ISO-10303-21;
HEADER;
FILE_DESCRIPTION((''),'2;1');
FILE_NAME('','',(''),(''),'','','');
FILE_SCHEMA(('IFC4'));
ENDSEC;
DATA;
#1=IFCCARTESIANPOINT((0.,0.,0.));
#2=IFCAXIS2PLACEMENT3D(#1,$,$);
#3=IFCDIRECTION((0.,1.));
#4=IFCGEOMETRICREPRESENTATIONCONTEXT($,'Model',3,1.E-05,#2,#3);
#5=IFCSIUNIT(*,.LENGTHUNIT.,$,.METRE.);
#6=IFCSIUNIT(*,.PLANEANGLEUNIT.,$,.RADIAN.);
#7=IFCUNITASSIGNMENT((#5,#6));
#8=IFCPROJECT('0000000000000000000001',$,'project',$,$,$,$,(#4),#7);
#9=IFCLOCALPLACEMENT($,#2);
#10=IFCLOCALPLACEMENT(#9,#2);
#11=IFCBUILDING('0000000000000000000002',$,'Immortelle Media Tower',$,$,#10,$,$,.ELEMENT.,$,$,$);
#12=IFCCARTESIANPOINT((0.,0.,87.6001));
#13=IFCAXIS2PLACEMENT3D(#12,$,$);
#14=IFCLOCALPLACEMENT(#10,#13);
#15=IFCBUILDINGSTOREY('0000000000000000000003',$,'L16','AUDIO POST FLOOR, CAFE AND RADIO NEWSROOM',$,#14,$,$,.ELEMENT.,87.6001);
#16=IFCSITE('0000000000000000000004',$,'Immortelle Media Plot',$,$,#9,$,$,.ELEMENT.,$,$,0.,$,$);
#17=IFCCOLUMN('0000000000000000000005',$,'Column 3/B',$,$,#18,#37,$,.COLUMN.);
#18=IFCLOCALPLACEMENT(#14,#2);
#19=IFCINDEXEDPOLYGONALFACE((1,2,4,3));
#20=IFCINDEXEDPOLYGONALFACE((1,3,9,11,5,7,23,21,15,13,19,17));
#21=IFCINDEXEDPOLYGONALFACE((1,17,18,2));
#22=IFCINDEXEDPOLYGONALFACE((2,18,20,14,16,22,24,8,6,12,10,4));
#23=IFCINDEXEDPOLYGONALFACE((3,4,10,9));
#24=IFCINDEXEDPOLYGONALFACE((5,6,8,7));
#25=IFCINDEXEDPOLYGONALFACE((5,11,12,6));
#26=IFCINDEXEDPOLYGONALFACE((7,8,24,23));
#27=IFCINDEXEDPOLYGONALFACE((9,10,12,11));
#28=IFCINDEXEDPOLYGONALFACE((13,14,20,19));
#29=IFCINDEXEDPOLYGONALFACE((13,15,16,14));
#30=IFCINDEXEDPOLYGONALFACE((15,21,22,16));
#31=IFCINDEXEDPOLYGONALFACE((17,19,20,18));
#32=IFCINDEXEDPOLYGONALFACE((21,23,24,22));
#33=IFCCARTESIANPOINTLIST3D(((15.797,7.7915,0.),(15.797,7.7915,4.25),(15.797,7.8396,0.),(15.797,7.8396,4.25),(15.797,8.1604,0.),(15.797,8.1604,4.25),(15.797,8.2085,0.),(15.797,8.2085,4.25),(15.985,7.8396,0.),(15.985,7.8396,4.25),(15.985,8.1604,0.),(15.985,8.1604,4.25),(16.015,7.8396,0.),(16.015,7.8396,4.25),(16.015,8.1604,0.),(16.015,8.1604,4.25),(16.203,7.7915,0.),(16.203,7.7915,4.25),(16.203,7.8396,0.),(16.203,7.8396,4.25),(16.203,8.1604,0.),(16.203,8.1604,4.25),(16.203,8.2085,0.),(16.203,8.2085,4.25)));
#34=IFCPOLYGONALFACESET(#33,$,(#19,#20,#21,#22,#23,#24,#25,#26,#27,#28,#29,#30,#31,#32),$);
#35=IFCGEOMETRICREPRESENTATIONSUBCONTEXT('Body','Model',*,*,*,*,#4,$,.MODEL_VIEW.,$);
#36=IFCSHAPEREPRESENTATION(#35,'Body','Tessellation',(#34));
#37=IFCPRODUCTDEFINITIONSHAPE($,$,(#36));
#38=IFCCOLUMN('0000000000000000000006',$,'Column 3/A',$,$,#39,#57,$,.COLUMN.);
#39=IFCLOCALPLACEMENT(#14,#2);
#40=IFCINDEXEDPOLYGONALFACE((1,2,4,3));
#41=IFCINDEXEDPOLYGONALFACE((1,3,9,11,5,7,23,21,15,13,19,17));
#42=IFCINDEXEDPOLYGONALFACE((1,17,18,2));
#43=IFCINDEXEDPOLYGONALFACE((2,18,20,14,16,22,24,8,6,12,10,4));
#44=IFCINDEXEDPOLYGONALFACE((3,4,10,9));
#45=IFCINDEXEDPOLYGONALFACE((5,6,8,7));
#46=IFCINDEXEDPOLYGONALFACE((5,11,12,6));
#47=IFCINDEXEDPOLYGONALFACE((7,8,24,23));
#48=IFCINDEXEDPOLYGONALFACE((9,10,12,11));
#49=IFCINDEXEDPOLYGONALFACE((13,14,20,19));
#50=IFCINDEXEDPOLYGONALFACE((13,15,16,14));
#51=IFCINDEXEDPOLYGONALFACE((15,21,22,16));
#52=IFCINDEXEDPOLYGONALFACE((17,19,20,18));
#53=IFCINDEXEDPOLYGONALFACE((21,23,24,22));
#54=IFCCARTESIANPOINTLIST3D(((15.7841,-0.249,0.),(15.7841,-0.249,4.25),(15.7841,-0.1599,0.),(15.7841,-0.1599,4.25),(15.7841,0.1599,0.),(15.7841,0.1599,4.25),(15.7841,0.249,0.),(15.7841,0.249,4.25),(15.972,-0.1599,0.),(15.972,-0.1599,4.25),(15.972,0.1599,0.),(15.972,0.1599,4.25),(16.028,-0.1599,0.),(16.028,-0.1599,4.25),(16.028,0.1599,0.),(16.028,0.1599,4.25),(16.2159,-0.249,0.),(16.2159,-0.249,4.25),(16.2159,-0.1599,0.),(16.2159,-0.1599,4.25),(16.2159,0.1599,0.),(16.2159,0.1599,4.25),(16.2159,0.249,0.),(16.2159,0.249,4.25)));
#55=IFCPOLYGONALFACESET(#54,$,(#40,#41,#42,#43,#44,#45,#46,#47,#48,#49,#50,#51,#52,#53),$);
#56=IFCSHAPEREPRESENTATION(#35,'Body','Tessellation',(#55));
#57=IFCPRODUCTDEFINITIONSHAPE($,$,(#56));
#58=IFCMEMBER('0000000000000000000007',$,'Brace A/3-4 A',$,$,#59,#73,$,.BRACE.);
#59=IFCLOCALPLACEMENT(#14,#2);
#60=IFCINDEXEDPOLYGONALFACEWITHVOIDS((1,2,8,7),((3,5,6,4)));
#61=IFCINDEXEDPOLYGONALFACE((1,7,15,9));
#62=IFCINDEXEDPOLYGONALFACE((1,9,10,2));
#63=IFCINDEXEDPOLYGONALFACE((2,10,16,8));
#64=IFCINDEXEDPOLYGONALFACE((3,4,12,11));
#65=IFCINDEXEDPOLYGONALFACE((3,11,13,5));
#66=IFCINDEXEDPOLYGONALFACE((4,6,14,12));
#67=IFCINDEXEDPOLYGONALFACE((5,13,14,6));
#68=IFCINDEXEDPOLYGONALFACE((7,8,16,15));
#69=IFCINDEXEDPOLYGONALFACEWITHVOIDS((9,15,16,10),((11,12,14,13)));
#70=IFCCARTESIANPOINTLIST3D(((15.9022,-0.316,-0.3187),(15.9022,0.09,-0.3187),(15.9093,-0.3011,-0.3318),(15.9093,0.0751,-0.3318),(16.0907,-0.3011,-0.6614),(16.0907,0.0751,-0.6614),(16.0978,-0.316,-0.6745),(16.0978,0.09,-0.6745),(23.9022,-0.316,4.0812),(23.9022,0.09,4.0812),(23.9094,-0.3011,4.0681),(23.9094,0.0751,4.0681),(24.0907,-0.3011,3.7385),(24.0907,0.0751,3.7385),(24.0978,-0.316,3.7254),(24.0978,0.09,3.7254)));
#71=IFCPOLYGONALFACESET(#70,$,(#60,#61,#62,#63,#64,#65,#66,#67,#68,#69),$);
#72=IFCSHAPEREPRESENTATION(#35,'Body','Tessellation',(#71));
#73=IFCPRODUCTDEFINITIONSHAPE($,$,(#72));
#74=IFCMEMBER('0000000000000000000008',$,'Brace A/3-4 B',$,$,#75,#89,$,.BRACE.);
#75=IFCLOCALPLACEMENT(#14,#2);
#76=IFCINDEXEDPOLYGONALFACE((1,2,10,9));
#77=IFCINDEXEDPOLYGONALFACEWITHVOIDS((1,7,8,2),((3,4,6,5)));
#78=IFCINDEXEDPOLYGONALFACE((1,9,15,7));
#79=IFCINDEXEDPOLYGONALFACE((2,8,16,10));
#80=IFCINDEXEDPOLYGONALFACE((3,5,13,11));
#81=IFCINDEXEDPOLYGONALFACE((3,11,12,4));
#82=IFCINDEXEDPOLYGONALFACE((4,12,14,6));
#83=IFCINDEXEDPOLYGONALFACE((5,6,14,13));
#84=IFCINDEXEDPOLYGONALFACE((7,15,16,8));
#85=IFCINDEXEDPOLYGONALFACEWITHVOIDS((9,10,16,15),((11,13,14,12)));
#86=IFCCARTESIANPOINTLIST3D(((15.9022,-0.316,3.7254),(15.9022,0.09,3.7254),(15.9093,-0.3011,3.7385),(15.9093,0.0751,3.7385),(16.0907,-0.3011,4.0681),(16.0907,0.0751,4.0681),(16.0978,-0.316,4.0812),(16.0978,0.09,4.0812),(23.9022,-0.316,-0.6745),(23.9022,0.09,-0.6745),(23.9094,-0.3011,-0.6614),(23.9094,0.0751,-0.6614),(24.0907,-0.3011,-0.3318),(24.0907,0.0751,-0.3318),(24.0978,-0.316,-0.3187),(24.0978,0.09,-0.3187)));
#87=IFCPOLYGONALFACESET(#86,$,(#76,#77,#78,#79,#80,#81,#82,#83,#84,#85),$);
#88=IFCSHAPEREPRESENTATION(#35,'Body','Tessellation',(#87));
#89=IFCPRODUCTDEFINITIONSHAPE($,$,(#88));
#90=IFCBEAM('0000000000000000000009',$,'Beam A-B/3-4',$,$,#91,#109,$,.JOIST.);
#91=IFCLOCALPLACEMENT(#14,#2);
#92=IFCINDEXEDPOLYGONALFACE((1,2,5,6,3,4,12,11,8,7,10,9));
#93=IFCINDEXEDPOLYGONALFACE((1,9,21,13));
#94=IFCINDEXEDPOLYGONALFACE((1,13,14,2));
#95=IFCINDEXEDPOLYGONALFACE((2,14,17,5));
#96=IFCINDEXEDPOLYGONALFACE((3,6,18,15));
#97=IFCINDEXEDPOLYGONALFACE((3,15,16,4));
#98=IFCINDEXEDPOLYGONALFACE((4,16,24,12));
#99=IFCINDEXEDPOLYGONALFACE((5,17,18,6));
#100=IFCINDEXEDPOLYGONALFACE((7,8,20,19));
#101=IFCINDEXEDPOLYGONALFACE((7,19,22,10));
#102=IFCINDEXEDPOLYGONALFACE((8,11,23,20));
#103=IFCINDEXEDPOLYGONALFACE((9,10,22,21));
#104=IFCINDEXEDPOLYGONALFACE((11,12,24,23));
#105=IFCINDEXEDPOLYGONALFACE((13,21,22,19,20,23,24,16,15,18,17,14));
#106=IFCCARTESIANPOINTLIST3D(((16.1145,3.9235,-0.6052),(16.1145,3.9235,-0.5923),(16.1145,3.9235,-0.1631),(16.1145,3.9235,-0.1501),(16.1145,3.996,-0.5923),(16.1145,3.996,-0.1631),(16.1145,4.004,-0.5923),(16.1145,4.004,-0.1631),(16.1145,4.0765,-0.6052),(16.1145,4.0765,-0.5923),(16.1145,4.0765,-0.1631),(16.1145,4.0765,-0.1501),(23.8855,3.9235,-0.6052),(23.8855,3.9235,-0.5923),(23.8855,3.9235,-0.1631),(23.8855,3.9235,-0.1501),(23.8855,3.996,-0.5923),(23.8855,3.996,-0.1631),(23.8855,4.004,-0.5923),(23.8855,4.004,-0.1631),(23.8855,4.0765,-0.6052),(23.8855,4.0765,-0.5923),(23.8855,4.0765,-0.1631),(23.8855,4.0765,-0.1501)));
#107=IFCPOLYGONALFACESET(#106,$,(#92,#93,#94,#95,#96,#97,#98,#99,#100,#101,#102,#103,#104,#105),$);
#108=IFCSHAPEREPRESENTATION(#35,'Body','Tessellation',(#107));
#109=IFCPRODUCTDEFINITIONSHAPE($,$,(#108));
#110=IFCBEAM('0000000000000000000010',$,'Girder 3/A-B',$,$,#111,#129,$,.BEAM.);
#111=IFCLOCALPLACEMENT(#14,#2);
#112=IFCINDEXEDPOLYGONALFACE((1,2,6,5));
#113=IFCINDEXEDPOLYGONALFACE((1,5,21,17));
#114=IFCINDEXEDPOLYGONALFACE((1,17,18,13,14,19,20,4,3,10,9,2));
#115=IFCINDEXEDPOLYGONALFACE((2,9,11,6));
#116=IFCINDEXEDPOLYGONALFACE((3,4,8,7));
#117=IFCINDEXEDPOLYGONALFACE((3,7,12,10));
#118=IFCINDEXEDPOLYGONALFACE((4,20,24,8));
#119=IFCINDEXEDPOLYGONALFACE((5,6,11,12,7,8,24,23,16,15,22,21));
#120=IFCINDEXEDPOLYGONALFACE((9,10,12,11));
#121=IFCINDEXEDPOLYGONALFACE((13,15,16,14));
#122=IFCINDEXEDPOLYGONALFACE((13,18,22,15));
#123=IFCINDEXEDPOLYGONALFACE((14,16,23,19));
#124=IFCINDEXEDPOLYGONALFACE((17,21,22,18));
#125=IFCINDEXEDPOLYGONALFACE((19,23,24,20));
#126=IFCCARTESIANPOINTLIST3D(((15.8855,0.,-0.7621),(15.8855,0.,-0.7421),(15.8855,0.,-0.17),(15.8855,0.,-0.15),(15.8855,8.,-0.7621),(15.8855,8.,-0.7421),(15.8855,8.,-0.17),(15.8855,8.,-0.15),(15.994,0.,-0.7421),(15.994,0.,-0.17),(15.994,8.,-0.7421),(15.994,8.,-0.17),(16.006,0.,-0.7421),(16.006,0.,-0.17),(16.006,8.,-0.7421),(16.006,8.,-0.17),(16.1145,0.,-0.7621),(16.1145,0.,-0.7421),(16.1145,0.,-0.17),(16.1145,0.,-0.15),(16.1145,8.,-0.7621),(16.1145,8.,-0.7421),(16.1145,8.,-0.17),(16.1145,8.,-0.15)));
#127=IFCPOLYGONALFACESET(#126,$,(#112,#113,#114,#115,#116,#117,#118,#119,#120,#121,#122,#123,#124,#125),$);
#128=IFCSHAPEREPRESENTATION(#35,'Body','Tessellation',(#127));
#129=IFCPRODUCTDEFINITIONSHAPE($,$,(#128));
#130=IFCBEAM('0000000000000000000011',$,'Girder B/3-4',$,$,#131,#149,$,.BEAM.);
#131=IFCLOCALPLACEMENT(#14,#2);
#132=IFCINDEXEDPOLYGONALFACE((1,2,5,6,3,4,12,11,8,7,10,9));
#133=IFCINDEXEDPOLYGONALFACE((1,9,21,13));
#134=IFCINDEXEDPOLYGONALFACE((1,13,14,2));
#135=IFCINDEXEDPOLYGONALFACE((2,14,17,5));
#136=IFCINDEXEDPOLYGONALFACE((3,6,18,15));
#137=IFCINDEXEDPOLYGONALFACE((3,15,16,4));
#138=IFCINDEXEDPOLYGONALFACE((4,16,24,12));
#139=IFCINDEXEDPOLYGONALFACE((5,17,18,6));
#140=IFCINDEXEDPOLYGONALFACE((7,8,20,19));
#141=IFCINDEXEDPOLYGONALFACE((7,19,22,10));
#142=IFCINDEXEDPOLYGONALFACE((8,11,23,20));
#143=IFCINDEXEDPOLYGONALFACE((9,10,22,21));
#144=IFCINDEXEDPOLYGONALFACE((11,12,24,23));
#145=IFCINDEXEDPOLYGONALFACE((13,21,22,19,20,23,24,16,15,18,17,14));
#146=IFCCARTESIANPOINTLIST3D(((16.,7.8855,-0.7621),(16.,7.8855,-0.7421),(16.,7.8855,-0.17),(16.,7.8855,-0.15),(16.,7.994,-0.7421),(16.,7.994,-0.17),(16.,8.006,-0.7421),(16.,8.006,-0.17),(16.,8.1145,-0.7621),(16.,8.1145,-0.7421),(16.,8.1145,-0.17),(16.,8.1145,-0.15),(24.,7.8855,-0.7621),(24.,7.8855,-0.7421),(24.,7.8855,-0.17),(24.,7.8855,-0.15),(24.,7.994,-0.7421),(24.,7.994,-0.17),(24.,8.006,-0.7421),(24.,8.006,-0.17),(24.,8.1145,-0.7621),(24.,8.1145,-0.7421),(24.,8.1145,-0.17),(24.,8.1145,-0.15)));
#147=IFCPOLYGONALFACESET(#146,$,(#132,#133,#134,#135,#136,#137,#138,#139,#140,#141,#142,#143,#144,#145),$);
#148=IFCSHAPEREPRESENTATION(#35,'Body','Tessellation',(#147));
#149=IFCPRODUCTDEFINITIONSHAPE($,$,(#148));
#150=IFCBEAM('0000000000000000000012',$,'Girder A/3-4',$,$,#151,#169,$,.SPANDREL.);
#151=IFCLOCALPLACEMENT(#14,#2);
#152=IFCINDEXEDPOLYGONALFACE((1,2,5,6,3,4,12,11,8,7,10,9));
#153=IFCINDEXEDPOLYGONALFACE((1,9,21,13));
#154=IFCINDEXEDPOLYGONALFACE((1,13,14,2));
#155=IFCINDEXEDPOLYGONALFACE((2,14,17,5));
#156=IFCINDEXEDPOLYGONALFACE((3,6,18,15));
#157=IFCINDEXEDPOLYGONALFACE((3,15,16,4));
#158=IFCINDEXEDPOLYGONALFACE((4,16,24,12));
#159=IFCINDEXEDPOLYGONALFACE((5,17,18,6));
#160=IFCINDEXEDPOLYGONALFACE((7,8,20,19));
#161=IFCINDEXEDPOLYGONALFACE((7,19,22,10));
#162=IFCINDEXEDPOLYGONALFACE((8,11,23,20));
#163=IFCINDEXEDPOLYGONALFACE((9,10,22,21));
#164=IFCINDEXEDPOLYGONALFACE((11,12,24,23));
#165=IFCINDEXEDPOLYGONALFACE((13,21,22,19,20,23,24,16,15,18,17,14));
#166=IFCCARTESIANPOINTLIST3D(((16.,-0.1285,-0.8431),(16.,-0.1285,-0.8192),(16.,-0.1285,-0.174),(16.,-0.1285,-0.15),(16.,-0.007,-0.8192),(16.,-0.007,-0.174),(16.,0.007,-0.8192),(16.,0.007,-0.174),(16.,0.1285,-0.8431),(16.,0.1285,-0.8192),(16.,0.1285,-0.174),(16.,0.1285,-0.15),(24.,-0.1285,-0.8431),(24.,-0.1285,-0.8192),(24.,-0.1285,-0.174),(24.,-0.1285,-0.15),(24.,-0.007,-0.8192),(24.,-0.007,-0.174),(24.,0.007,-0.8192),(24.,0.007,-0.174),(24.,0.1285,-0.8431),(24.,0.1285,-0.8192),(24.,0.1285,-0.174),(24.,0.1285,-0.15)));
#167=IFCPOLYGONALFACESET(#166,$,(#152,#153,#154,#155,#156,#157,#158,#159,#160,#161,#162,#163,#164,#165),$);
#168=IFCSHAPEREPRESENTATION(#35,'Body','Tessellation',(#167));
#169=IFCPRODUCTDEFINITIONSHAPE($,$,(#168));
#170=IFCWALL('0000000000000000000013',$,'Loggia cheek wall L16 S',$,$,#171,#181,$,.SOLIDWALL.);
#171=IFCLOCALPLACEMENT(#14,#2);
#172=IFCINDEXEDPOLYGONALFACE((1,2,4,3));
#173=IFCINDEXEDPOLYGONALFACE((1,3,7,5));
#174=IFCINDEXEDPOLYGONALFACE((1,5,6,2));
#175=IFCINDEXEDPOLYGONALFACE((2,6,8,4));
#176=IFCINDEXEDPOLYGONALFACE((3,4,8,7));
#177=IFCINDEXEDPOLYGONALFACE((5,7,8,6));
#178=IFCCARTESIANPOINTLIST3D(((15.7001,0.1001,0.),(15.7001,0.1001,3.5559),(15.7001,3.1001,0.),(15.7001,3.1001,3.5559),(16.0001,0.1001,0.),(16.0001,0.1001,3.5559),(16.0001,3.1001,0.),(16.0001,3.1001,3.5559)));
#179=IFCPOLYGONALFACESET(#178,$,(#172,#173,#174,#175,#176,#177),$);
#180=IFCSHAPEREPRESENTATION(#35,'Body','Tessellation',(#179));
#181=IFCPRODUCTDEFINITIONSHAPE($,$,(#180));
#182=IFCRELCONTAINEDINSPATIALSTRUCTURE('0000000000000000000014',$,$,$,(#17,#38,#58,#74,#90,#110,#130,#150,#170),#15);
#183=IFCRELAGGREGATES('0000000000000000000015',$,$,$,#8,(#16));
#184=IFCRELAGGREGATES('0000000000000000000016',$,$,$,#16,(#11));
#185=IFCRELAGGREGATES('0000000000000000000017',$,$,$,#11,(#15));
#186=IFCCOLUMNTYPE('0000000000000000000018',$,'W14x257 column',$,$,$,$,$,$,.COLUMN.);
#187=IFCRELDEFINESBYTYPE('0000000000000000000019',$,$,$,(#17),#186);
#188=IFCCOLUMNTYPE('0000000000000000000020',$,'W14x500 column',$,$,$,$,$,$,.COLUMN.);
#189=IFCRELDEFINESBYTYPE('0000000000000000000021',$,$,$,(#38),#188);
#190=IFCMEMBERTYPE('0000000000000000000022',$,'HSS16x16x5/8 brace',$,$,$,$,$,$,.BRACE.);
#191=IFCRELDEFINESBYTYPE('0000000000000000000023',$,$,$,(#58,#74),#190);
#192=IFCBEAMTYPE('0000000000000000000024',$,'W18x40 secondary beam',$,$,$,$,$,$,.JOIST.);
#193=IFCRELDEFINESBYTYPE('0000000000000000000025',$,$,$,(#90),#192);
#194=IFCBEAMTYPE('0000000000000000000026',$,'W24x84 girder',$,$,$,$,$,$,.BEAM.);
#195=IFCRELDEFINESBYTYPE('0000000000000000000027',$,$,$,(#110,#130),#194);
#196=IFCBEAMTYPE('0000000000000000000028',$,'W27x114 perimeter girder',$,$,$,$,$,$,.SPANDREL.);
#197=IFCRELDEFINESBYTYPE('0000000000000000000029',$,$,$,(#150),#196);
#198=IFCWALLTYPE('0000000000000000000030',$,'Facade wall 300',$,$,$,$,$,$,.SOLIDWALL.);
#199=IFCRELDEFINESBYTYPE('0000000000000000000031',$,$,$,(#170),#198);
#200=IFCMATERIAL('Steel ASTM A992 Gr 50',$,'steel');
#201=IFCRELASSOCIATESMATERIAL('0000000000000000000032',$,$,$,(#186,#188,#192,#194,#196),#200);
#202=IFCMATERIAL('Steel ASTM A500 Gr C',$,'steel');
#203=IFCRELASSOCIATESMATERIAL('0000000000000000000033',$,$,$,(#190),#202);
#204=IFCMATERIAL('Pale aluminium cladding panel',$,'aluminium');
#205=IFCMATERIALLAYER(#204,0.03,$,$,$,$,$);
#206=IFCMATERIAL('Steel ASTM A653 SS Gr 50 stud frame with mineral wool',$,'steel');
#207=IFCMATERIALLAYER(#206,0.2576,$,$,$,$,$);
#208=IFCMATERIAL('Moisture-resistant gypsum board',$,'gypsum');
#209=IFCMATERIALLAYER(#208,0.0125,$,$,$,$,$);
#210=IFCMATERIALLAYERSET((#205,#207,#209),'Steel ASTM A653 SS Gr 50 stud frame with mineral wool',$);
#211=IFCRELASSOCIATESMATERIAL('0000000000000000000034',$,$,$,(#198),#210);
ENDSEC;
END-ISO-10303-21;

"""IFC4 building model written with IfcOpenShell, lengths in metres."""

from ifc_helpers import new_model, si_unit, direction, frame, frame_2d, origin, origin_2d, place, context, subcontext, project, spatial, rectangle, hollow_rectangle, i_section, extrude, material, layer, layer_set, material_profile, profile_set, type_object, element, save


model = new_model("IFC4")

# Units and contexts
model_context = context("Model", 3, precision=1e-05, world=origin(), true_north=direction((0.0, 1.0)))
body_context = subcontext(model_context, "Body", "Model", "MODEL_VIEW")
ifc_project = project(units=[si_unit("LENGTHUNIT", "METRE"), si_unit("PLANEANGLEUNIT", "RADIAN")], contexts=[model_context])

# Site, building, storey
site_placement = place(None, origin())
site = spatial("IfcSite", under=ifc_project, at=site_placement, Name="Immortelle Media Plot", CompositionType="ELEMENT", RefElevation=0.0)
building_placement = place(site_placement, origin())
building = spatial("IfcBuilding", under=site, at=building_placement, Name="Immortelle Media Tower", CompositionType="ELEMENT")
storey_placement = place(building_placement, frame((0.0, 0.0, 87.6001)))
storey = spatial("IfcBuildingStorey", under=building, at=storey_placement, Name="L16", Description="AUDIO POST FLOOR, CAFE AND RADIO NEWSROOM", CompositionType="ELEMENT", Elevation=87.6001)

# Columns
ifc_material_1 = material(Name="Steel ASTM A992 Gr 50", Category="steel")
ifc_material_profile_1 = material_profile(ifc_material_1, i_section(OverallWidth=0.406, OverallDepth=0.417, WebThickness=0.03, FlangeThickness=0.0481, at=origin_2d()), Name="W14x257")
ifc_profile_set_1 = profile_set([ifc_material_profile_1], Name="Steel ASTM A992 Gr 50")
column_type_1 = type_object("IfcColumnType", Name="W14x257 column", PredefinedType="COLUMN", material=ifc_profile_set_1)
column_1_placement = place(storey_placement, frame((16.0, 8.0, 0.0), z_axis=(0.0, 0.0, 1.0), x_axis=(1.0, 0.0, 0.0)))
element("IfcColumn", 1, at=column_1_placement, inside=storey, type_object=column_type_1, Name="Column 3/B", PredefinedType="COLUMN", context=body_context, shape_type="SweptSolid", body=[
    extrude(i_section(OverallWidth=0.406, OverallDepth=0.417, WebThickness=0.03, FlangeThickness=0.0481, at=origin_2d()), origin(), (0.0, 0.0, 1.0), 4.25),
])
ifc_material_profile_2 = material_profile(ifc_material_1, i_section(OverallWidth=0.4319, OverallDepth=0.498, WebThickness=0.0559, FlangeThickness=0.0891, at=origin_2d()), Name="W14x500")
ifc_profile_set_2 = profile_set([ifc_material_profile_2], Name="Steel ASTM A992 Gr 50")
column_type_2 = type_object("IfcColumnType", Name="W14x500 column", PredefinedType="COLUMN", material=ifc_profile_set_2)
column_2_placement = place(storey_placement, frame((16.0, 0.0, 0.0), z_axis=(0.0, 0.0, 1.0), x_axis=(1.0, 0.0, 0.0)))
element("IfcColumn", 2, at=column_2_placement, inside=storey, type_object=column_type_2, Name="Column 3/A", PredefinedType="COLUMN", context=body_context, shape_type="SweptSolid", body=[
    extrude(i_section(OverallWidth=0.4319, OverallDepth=0.498, WebThickness=0.0559, FlangeThickness=0.0891, at=origin_2d()), origin(), (0.0, 0.0, 1.0), 4.25),
])

# Members
ifc_material_2 = material(Name="Steel ASTM A500 Gr C", Category="steel")
ifc_material_profile_3 = material_profile(ifc_material_2, hollow_rectangle(XDim=0.406, YDim=0.406, WallThickness=0.0149, at=origin_2d()), Name="HSS16x16x5/8 brace")
ifc_profile_set_3 = profile_set([ifc_material_profile_3], Name="Steel ASTM A500 Gr C")
member_type = type_object("IfcMemberType", Name="HSS16x16x5/8 brace", PredefinedType="BRACE", material=ifc_profile_set_3)
for number, where, z_axis, x_axis, name in (
    (3, (16.0, -0.113, -0.4966), (0.87622, 0.0, 0.481911), (0.0, 1.0, 0.0), "Brace A/3-4 A"),
    (4, (16.0, -0.113, 3.9033), (0.87622, 0.0, -0.481911), (0.0, 1.0, 0.0), "Brace A/3-4 B"),
):
    element("IfcMember", number, at=place(storey_placement, frame(where, z_axis=z_axis, x_axis=x_axis)), inside=storey, type_object=member_type, Name=name, PredefinedType="BRACE", context=body_context, shape_type="SweptSolid", body=[
        extrude(hollow_rectangle(XDim=0.406, YDim=0.406, WallThickness=0.0149, at=origin_2d()), origin(), (0.0, 0.0, 1.0), 9.1301),
    ])

# Beams
ifc_material_profile_4 = material_profile(ifc_material_1, i_section(OverallWidth=0.1531, OverallDepth=0.4551, WebThickness=0.0081, FlangeThickness=0.0129, at=origin_2d()), Name="W18x40")
ifc_profile_set_4 = profile_set([ifc_material_profile_4], Name="Steel ASTM A992 Gr 50")
beam_type_1 = type_object("IfcBeamType", Name="W18x40 secondary beam", PredefinedType="JOIST", material=ifc_profile_set_4)
beam_1_placement = place(storey_placement, frame((16.1145, 4.0, -0.3777), z_axis=(1.0, 0.0, 0.0), x_axis=(0.0, 1.0, 0.0)))
element("IfcBeam", 5, at=beam_1_placement, inside=storey, type_object=beam_type_1, Name="Beam A-B/3-4", PredefinedType="JOIST", context=body_context, shape_type="SweptSolid", body=[
    extrude(i_section(OverallWidth=0.1531, OverallDepth=0.4551, WebThickness=0.0081, FlangeThickness=0.0129, at=origin_2d()), origin(), (0.0, 0.0, 1.0), 7.771),
])
ifc_material_profile_5 = material_profile(ifc_material_1, i_section(OverallWidth=0.229, OverallDepth=0.6121, WebThickness=0.012, FlangeThickness=0.02, at=origin_2d()), Name="W24x84")
ifc_profile_set_5 = profile_set([ifc_material_profile_5], Name="Steel ASTM A992 Gr 50")
beam_type_2 = type_object("IfcBeamType", Name="W24x84 girder", PredefinedType="BEAM", material=ifc_profile_set_5)
for number, where, z_axis, x_axis, name in (
    (6, (16.0, 0.0, -0.4561), (0.0, 1.0, 0.0), (-1.0, 0.0, 0.0), "Girder 3/A-B"),
    (7, (16.0, 8.0, -0.4561), (1.0, 0.0, 0.0), (0.0, 1.0, 0.0), "Girder B/3-4"),
):
    element("IfcBeam", number, at=place(storey_placement, frame(where, z_axis=z_axis, x_axis=x_axis)), inside=storey, type_object=beam_type_2, Name=name, PredefinedType="BEAM", context=body_context, shape_type="SweptSolid", body=[
        extrude(i_section(OverallWidth=0.229, OverallDepth=0.6121, WebThickness=0.012, FlangeThickness=0.02, at=origin_2d()), origin(), (0.0, 0.0, 1.0), 8.0),
    ])
ifc_material_profile_6 = material_profile(ifc_material_1, i_section(OverallWidth=0.2571, OverallDepth=0.6931, WebThickness=0.0139, FlangeThickness=0.0239, at=origin_2d()), Name="W27x114")
ifc_profile_set_6 = profile_set([ifc_material_profile_6], Name="Steel ASTM A992 Gr 50")
beam_type_3 = type_object("IfcBeamType", Name="W27x114 perimeter girder", PredefinedType="SPANDREL", material=ifc_profile_set_6)
beam_2_placement = place(storey_placement, frame((16.0, 0.0, -0.4966), z_axis=(1.0, 0.0, 0.0), x_axis=(0.0, 1.0, 0.0)))
element("IfcBeam", 8, at=beam_2_placement, inside=storey, type_object=beam_type_3, Name="Girder A/3-4", PredefinedType="SPANDREL", context=body_context, shape_type="SweptSolid", body=[
    extrude(i_section(OverallWidth=0.2571, OverallDepth=0.6931, WebThickness=0.0139, FlangeThickness=0.0239, at=origin_2d()), origin(), (0.0, 0.0, 1.0), 8.0),
])

# Wall
ifc_material_3 = material(Name="Pale aluminium cladding panel", Category="aluminium")
ifc_layer_1 = layer(ifc_material_3, 0.03)
ifc_material_4 = material(Name="Steel ASTM A653 SS Gr 50 stud frame with mineral wool", Category="steel")
ifc_layer_2 = layer(ifc_material_4, 0.2576)
ifc_material_5 = material(Name="Moisture-resistant gypsum board", Category="gypsum")
ifc_layer_3 = layer(ifc_material_5, 0.0125)
ifc_layer_set_1 = layer_set([ifc_layer_1, ifc_layer_2, ifc_layer_3], Name="Steel ASTM A653 SS Gr 50 stud frame with mineral wool")
wall_type_1 = type_object("IfcWallType", Name="Facade wall 300", PredefinedType="SOLIDWALL", material=ifc_layer_set_1)
wall_1_placement = place(storey_placement, frame((15.8501, 0.1001, 0.0), z_axis=(0.0, 0.0, 1.0), x_axis=(0.0, 1.0, 0.0)))
element("IfcWall", 9, at=wall_1_placement, inside=storey, type_object=wall_type_1, Name="Loggia cheek wall L16 S", PredefinedType="SOLIDWALL", context=body_context, shape_type="SweptSolid", body=[
    extrude(rectangle(XDim=3.0, YDim=0.3, at=frame_2d((1.5, 0.0))), origin(), (0.0, 0.0, 1.0), 3.5559),
])

save(model, "model.ifc")
